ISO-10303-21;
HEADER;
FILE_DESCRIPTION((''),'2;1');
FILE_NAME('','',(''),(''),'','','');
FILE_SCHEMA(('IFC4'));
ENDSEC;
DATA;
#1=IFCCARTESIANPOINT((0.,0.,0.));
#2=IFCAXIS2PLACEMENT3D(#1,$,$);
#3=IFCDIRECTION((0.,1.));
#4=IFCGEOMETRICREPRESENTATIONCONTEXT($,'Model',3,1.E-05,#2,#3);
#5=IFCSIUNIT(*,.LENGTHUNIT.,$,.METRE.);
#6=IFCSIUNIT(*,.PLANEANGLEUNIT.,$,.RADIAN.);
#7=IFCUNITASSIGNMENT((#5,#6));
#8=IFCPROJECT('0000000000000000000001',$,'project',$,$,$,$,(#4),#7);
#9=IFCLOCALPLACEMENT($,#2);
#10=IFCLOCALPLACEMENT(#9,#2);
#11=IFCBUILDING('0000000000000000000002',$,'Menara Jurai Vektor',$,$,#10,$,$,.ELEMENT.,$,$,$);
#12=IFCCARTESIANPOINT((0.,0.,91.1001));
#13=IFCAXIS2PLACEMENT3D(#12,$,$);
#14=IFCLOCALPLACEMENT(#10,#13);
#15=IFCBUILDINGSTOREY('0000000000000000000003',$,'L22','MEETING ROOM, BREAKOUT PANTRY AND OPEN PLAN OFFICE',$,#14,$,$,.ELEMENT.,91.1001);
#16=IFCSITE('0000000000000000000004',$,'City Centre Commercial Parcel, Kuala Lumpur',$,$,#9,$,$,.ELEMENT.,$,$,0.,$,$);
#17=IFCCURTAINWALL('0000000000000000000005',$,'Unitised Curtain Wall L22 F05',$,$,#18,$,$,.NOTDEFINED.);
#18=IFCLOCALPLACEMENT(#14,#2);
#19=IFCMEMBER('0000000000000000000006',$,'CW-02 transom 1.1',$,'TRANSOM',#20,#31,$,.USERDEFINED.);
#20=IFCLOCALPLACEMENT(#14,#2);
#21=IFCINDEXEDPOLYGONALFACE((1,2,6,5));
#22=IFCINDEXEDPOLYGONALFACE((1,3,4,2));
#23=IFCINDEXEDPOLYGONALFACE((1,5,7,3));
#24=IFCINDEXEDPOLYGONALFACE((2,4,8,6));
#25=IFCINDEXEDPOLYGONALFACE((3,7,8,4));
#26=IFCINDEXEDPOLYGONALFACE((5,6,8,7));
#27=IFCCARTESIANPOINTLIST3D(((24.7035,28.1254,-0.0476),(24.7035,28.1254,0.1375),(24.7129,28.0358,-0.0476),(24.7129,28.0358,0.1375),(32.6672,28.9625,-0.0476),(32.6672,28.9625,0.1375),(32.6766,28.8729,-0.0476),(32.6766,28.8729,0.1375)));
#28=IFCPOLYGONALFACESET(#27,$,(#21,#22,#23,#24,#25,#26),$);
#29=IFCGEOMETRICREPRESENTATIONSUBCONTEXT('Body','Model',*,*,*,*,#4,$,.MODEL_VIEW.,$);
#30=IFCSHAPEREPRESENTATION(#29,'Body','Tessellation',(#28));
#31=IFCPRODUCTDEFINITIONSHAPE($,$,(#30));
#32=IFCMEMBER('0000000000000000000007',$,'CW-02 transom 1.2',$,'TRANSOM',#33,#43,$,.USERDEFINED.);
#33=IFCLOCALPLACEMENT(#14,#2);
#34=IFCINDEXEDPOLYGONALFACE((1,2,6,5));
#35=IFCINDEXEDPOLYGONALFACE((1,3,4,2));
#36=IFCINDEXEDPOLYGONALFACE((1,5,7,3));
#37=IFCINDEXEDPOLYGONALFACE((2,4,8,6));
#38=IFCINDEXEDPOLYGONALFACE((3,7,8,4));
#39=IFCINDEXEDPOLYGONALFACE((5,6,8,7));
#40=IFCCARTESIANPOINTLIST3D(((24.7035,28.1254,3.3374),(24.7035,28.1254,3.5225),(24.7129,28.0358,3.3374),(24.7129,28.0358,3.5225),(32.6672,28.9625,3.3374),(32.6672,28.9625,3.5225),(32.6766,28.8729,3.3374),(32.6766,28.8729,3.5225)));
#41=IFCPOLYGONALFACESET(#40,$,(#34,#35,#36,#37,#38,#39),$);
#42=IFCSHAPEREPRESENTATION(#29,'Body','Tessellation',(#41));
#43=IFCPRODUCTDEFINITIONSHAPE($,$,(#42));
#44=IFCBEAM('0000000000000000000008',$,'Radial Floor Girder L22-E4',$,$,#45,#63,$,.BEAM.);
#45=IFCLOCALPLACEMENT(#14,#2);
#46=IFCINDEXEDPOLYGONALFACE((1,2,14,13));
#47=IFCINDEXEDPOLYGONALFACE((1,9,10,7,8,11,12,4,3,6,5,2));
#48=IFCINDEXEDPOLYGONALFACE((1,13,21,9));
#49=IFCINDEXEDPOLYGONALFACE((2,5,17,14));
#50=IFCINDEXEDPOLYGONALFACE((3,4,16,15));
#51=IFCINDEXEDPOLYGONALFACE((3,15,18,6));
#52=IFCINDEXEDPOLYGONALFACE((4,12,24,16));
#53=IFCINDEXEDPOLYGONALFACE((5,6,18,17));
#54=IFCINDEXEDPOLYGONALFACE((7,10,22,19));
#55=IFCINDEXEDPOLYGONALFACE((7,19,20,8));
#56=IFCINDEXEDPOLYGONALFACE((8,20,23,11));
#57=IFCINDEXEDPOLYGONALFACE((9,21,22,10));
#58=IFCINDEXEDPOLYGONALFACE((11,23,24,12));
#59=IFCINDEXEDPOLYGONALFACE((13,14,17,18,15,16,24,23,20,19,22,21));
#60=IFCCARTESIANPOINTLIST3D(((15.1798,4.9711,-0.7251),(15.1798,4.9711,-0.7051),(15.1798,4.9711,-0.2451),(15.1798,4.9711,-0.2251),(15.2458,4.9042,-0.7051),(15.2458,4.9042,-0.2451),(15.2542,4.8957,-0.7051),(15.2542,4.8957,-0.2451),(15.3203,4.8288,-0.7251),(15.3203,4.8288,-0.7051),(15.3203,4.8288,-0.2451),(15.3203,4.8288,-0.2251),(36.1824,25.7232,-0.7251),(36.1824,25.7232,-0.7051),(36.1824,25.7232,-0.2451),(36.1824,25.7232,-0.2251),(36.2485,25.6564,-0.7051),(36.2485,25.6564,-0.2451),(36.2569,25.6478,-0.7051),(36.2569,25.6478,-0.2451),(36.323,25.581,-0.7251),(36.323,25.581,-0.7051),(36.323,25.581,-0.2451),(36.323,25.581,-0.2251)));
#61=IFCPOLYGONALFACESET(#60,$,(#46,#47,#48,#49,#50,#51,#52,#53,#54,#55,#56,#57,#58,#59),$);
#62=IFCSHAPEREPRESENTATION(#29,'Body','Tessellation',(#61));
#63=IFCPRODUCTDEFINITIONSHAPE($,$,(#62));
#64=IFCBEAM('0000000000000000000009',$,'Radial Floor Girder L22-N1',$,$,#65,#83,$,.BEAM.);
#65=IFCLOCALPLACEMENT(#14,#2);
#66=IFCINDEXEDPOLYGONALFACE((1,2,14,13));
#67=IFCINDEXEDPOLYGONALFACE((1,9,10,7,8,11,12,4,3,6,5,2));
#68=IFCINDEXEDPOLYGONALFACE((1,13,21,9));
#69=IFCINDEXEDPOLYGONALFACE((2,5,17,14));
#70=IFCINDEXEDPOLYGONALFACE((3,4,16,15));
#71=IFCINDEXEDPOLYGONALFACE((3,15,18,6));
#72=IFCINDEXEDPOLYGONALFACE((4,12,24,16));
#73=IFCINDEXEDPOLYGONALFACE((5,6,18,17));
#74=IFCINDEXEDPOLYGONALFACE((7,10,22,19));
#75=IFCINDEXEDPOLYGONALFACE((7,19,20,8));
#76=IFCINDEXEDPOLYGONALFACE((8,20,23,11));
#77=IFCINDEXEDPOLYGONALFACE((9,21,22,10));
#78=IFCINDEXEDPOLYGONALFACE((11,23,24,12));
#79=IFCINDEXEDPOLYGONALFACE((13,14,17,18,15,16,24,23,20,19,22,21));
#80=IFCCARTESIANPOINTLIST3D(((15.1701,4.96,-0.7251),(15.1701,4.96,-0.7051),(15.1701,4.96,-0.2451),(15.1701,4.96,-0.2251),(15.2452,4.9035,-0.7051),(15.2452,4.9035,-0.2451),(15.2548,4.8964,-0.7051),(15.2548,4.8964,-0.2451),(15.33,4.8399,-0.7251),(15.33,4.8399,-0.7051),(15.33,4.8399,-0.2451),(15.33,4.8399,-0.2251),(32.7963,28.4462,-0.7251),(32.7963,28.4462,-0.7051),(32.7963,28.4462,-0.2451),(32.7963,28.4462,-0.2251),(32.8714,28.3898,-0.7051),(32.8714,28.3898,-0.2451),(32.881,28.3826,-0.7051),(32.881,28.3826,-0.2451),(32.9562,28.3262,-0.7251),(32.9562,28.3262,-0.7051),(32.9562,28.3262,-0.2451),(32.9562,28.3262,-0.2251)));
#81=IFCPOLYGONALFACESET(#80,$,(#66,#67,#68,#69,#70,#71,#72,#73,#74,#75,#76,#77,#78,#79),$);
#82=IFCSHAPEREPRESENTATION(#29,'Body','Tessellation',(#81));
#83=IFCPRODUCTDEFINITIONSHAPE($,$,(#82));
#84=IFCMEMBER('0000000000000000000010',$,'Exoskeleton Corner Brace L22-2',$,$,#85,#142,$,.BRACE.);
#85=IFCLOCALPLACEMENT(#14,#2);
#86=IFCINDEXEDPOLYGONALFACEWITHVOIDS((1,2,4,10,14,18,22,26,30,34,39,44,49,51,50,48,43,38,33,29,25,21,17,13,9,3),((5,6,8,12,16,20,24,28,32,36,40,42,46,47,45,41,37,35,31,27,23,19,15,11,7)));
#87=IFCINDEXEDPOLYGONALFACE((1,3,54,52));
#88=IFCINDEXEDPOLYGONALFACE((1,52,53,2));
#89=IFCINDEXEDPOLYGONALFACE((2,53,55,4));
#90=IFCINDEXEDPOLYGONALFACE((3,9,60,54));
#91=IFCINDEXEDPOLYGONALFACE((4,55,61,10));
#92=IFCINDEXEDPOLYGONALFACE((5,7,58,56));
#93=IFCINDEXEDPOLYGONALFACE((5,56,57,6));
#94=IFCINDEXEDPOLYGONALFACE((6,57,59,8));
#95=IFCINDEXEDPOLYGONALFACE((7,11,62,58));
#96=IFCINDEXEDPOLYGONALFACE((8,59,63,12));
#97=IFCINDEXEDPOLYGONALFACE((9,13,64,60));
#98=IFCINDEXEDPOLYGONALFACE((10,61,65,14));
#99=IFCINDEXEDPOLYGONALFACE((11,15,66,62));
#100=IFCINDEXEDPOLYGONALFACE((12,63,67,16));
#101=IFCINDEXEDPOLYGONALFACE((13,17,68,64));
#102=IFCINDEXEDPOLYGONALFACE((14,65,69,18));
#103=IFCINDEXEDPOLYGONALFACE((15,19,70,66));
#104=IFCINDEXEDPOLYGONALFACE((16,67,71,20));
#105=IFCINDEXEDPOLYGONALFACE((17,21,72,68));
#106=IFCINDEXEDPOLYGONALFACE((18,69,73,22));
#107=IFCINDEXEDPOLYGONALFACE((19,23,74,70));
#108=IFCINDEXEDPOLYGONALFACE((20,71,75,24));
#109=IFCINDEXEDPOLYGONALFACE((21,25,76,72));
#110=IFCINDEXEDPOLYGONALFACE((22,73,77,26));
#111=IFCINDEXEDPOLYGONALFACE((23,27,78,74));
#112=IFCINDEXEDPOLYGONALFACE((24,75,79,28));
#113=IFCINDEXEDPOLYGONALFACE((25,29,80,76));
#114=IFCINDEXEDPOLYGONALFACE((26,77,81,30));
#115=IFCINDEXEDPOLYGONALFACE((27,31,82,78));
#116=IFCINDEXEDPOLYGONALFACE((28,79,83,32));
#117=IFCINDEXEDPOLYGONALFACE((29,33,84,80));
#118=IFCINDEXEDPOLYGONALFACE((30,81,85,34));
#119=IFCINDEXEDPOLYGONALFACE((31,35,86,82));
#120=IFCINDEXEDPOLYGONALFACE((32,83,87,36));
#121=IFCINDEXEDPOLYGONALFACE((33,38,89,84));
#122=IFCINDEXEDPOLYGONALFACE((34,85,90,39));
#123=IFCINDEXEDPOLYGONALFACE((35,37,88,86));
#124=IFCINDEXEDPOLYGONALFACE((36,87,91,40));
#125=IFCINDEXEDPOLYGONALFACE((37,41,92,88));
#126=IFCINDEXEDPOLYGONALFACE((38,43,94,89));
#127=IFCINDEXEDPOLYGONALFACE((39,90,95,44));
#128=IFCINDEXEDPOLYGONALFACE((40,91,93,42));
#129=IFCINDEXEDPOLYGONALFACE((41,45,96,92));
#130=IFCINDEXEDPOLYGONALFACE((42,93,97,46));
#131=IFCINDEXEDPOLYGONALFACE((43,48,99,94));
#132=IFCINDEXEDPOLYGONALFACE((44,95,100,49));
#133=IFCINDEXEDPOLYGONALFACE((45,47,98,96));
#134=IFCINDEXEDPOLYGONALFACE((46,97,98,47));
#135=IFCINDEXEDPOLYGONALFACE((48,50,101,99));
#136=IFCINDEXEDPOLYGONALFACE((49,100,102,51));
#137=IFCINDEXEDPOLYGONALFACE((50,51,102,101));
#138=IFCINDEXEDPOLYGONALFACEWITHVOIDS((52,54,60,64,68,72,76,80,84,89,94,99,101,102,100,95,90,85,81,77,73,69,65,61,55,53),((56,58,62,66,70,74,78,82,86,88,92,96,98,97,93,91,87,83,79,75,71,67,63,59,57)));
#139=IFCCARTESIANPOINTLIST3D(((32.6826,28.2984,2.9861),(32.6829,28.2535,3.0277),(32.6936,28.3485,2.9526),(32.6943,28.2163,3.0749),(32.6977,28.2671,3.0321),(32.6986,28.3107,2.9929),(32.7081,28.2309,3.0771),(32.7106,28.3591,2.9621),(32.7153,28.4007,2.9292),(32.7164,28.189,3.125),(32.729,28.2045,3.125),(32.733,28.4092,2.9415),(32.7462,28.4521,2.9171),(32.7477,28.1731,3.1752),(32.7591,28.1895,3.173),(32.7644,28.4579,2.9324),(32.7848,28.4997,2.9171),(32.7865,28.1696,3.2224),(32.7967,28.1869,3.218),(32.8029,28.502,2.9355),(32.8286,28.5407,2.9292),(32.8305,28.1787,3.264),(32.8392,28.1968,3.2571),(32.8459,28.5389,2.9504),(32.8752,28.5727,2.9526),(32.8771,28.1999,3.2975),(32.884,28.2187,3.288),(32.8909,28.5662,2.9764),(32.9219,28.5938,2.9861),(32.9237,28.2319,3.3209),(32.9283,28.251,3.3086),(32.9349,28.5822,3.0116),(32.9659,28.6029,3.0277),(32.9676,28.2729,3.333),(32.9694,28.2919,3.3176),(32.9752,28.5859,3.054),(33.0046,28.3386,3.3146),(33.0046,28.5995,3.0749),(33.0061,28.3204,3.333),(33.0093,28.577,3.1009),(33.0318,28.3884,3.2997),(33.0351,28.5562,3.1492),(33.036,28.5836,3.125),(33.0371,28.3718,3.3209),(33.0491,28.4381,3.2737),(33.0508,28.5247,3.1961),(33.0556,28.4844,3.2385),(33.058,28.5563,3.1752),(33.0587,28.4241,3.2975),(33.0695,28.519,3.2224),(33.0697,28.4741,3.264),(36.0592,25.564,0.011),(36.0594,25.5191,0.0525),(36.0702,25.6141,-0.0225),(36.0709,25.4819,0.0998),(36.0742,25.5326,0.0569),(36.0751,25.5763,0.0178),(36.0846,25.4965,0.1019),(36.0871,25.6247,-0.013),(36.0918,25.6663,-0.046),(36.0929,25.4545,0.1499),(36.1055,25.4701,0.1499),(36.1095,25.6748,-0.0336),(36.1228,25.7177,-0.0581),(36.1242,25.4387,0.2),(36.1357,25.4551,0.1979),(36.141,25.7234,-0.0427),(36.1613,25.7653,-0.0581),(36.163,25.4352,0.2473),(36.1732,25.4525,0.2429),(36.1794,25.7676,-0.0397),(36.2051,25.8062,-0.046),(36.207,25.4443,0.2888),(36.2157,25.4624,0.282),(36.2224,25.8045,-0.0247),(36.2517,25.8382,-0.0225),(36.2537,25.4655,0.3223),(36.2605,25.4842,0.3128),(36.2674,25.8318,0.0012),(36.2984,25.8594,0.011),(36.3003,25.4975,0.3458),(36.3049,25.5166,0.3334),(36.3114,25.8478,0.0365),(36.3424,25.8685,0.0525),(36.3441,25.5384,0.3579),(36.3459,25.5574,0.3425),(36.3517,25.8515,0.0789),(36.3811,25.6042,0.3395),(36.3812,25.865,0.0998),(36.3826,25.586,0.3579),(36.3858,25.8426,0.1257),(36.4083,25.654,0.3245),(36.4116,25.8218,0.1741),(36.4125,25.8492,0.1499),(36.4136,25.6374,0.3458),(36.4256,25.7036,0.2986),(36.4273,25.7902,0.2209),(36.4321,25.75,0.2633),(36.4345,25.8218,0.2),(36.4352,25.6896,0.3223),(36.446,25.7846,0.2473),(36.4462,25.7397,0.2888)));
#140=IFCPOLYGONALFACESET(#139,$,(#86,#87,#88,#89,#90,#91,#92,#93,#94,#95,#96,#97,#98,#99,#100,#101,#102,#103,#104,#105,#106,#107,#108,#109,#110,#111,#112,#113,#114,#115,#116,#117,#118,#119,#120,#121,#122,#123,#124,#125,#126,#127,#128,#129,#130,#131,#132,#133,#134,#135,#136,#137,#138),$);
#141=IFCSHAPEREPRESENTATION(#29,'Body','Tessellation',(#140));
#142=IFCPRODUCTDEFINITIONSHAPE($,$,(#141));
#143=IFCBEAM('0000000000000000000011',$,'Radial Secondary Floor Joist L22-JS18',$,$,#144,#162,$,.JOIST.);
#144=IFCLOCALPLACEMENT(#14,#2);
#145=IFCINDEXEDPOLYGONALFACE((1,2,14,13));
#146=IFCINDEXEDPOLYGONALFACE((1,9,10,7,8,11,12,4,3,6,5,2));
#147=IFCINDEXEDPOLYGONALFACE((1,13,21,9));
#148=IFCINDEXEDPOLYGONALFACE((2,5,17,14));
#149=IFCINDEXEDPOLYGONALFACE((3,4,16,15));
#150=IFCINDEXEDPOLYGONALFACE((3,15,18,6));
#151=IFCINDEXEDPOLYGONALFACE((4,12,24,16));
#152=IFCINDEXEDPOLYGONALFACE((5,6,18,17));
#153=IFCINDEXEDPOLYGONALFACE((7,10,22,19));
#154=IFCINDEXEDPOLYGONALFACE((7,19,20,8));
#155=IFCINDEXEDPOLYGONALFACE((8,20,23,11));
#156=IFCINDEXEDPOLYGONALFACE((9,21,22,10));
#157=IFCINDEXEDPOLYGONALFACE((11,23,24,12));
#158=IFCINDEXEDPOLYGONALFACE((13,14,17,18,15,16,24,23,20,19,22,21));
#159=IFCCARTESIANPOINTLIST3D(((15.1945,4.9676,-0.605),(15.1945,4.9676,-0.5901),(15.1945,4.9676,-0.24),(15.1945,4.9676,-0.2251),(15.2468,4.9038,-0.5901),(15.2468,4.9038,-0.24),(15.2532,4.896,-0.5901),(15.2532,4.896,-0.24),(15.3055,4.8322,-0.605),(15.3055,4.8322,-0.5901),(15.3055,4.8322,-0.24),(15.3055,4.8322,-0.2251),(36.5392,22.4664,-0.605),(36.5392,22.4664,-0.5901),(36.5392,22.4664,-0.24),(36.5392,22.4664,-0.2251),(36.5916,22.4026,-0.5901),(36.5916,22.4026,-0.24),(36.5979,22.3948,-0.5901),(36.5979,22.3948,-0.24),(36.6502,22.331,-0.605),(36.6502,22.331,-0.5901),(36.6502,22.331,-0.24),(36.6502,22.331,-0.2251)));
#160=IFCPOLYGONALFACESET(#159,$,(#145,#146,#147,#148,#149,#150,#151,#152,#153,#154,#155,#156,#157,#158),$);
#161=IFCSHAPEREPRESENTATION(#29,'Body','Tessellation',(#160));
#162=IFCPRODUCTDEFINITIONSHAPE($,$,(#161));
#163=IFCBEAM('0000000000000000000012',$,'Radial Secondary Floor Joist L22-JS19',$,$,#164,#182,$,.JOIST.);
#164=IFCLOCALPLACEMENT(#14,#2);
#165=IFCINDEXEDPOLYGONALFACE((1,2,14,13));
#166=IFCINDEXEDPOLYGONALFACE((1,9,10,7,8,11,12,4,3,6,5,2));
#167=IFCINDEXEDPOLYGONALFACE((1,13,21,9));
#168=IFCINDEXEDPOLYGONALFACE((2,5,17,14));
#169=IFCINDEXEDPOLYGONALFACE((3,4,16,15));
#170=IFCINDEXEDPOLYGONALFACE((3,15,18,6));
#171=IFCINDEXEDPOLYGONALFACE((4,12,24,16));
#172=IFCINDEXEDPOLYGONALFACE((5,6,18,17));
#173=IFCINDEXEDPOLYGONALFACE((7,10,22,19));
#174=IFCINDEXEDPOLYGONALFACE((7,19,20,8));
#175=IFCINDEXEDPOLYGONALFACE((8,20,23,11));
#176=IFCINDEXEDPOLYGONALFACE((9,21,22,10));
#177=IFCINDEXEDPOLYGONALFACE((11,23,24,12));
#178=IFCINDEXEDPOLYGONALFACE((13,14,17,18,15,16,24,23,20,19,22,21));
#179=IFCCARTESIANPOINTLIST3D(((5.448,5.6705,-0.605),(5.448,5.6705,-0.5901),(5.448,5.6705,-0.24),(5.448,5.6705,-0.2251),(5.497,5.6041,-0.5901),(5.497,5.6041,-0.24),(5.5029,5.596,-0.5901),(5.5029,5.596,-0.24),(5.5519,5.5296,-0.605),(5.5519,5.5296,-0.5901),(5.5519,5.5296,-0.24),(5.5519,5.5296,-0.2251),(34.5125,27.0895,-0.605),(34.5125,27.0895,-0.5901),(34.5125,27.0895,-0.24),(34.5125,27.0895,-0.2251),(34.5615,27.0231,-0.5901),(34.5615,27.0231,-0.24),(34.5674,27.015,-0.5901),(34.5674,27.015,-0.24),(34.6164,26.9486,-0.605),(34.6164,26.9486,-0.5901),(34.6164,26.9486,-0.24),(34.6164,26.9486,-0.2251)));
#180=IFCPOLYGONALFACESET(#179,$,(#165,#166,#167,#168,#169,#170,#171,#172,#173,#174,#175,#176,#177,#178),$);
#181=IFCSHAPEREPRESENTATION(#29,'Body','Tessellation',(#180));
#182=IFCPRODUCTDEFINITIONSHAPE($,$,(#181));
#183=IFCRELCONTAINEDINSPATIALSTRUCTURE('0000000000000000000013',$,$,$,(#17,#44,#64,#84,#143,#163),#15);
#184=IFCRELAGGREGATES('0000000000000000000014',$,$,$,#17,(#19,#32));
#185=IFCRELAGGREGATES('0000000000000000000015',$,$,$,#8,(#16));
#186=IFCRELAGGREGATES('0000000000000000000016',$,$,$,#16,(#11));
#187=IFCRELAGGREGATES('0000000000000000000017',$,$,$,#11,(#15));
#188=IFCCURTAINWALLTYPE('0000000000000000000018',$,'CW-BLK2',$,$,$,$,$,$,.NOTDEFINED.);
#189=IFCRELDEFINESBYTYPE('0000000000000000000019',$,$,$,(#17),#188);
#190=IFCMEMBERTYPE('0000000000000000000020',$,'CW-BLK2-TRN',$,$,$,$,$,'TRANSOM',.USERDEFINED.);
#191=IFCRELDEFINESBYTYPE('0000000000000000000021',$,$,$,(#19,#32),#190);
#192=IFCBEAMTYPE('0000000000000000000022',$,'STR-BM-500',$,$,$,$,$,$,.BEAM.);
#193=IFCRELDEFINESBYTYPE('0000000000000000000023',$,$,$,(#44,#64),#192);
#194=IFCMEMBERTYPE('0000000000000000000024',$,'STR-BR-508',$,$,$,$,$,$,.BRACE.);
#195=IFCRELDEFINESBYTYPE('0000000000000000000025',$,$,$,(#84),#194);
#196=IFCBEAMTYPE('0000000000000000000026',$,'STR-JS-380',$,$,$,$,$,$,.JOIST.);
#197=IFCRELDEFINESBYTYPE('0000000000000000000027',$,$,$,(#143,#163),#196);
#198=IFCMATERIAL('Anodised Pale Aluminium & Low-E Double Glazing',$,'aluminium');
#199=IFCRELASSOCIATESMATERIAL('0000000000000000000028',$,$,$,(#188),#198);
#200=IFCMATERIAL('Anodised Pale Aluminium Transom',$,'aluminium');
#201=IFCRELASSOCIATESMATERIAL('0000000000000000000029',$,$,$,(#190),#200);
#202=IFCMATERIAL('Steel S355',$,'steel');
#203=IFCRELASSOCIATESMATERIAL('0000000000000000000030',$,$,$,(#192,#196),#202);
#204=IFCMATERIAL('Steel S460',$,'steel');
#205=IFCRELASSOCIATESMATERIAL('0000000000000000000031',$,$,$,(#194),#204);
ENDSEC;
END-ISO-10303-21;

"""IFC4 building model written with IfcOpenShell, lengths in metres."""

from ifc_helpers import new_model, si_unit, direction, frame, origin, origin_2d, place, context, subcontext, project, spatial, rectangle, hollow_circle, i_section, extrude, material, material_profile, profile_set, type_object, element, aggregate, save


model = new_model("IFC4")

# Units and contexts
model_context = context("Model", 3, precision=1e-05, world=origin(), true_north=direction((0.0, 1.0)))
body_context = subcontext(model_context, "Body", "Model", "MODEL_VIEW")
ifc_project = project(units=[si_unit("LENGTHUNIT", "METRE"), si_unit("PLANEANGLEUNIT", "RADIAN")], contexts=[model_context])

# Site, building, storey
site_placement = place(None, origin())
site = spatial("IfcSite", under=ifc_project, at=site_placement, Name="City Centre Commercial Parcel, Kuala Lumpur", CompositionType="ELEMENT", RefElevation=0.0)
building_placement = place(site_placement, origin())
building = spatial("IfcBuilding", under=site, at=building_placement, Name="Menara Jurai Vektor", CompositionType="ELEMENT")
storey_placement = place(building_placement, frame((0.0, 0.0, 91.1001)))
storey = spatial("IfcBuildingStorey", under=building, at=storey_placement, Name="L22", Description="MEETING ROOM, BREAKOUT PANTRY AND OPEN PLAN OFFICE", CompositionType="ELEMENT", Elevation=91.1001)

# Shared definitions
ifc_material_1 = material(Name="Steel S460", Category="steel")

# Shared definitions
ifc_material_2 = material(Name="Anodised Pale Aluminium & Low-E Double Glazing", Category="aluminium")
curtain_wall_type = type_object("IfcCurtainWallType", Name="CW-BLK2", PredefinedType="NOTDEFINED", material=ifc_material_2)

# Curtain wall
curtain_wall_1_placement = place(storey_placement, origin())
curtain_wall_1 = element("IfcCurtainWall", 1, at=curtain_wall_1_placement, inside=storey, type_object=curtain_wall_type, Name="Unitised Curtain Wall L22 F05", PredefinedType="NOTDEFINED")

# Members
ifc_material_3 = material(Name="Anodised Pale Aluminium Transom", Category="aluminium")
ifc_material_profile_1 = material_profile(ifc_material_3, rectangle(XDim=0.0901, YDim=0.1851, at=origin_2d()), Name="ALU TRN 90x185")
ifc_profile_set_1 = profile_set([ifc_material_profile_1], Name="Anodised Pale Aluminium Transom")
member_type_1 = type_object("IfcMemberType", Name="CW-BLK2-TRN", ElementType="TRANSOM", PredefinedType="USERDEFINED", material=ifc_profile_set_1)
member_1_placement = place(storey_placement, frame((32.6719, 28.9177, 0.0449), z_axis=(-0.99452, -0.104547, 0.0), x_axis=(0.104547, -0.99452, 0.0)))
member_1 = element("IfcMember", 2, at=member_1_placement, type_object=member_type_1, Name="CW-02 transom 1.1", ObjectType="TRANSOM", PredefinedType="USERDEFINED", context=body_context, shape_type="SweptSolid", body=[
    extrude(rectangle(XDim=0.0901, YDim=0.1851, at=origin_2d()), origin(), (0.0, 0.0, 1.0), 8.0076),
])
member_2_placement = place(storey_placement, frame((32.6719, 28.9177, 3.4299), z_axis=(-0.99452, -0.104547, 0.0), x_axis=(0.104547, -0.99452, 0.0)))
member_2 = element("IfcMember", 3, at=member_2_placement, type_object=member_type_1, Name="CW-02 transom 1.2", ObjectType="TRANSOM", PredefinedType="USERDEFINED", context=body_context, shape_type="SweptSolid", body=[
    extrude(rectangle(XDim=0.0901, YDim=0.1851, at=origin_2d()), origin(), (0.0, 0.0, 1.0), 8.0076),
])

# Beams
ifc_material_4 = material(Name="Steel S355", Category="steel")
ifc_material_profile_2 = material_profile(ifc_material_4, i_section(OverallWidth=0.2, OverallDepth=0.5, WebThickness=0.012, FlangeThickness=0.02, at=origin_2d()), Name="PG 500x200x96")
ifc_profile_set_2 = profile_set([ifc_material_profile_2], Name="Steel S355")
beam_type_1 = type_object("IfcBeamType", Name="STR-BM-500", PredefinedType="BEAM", material=ifc_profile_set_2)
beam_1_placement = place(storey_placement, frame((36.2527, 25.6521, -0.4751), z_axis=(-0.711336, -0.702852, 0.0), x_axis=(0.702852, -0.711336, 0.0)))
element("IfcBeam", 4, at=beam_1_placement, inside=storey, type_object=beam_type_1, Name="Radial Floor Girder L22-E4", PredefinedType="BEAM", context=body_context, shape_type="SweptSolid", body=[
    extrude(i_section(OverallWidth=0.2, OverallDepth=0.5, WebThickness=0.012, FlangeThickness=0.02, at=origin_2d()), origin(), (0.0, 0.0, 1.0), 29.5256),
])
beam_2_placement = place(storey_placement, frame((32.8762, 28.3862, -0.4751), z_axis=(-0.60025, -0.799812, 0.0), x_axis=(0.799812, -0.60025, 0.0)))
element("IfcBeam", 5, at=beam_2_placement, inside=storey, type_object=beam_type_1, Name="Radial Floor Girder L22-N1", PredefinedType="BEAM", context=body_context, shape_type="SweptSolid", body=[
    extrude(i_section(OverallWidth=0.2, OverallDepth=0.5, WebThickness=0.012, FlangeThickness=0.02, at=origin_2d()), origin(), (0.0, 0.0, 1.0), 29.3647),
])

# Member
ifc_material_profile_3 = material_profile(ifc_material_1, hollow_circle(Radius=0.2539, WallThickness=0.02, at=origin_2d()), Name="CHS 508x20")
ifc_profile_set_3 = profile_set([ifc_material_profile_3], Name="Steel S460")
member_type_2 = type_object("IfcMemberType", Name="STR-BR-508", PredefinedType="BRACE", material=ifc_profile_set_3)
member_3_placement = place(storey_placement, frame((36.2527, 25.6519, 0.1499), z_axis=(-0.641208, 0.519272, 0.564986), x_axis=(-0.629344, -0.777127, 0.0)))
element("IfcMember", 6, at=member_3_placement, inside=storey, type_object=member_type_2, Name="Exoskeleton Corner Brace L22-2", PredefinedType="BRACE", context=body_context, shape_type="SweptSolid", body=[
    extrude(hollow_circle(Radius=0.2539, WallThickness=0.02, at=origin_2d()), origin(), (0.0, 0.0, 1.0), 5.2659),
])

# Beams
ifc_material_profile_4 = material_profile(ifc_material_4, i_section(OverallWidth=0.175, OverallDepth=0.3799, WebThickness=0.01, FlangeThickness=0.0149, at=origin_2d()), Name="PG 380x175x58")
ifc_profile_set_4 = profile_set([ifc_material_profile_4], Name="Steel S355")
beam_type_2 = type_object("IfcBeamType", Name="STR-JS-380", PredefinedType="JOIST", material=ifc_profile_set_4)
beam_3_placement = place(storey_placement, frame((36.5947, 22.3987, -0.415), z_axis=(-0.773337, -0.633995, 0.0), x_axis=(0.633995, -0.773337, 0.0)))
element("IfcBeam", 7, at=beam_3_placement, inside=storey, type_object=beam_type_2, Name="Radial Secondary Floor Joist L22-JS18", PredefinedType="JOIST", context=body_context, shape_type="SweptSolid", body=[
    extrude(i_section(OverallWidth=0.175, OverallDepth=0.3799, WebThickness=0.01, FlangeThickness=0.0149, at=origin_2d()), origin(), (0.0, 0.0, 1.0), 27.6008),
])
beam_4_placement = place(storey_placement, frame((34.5645, 27.019, -0.415), z_axis=(-0.805016, -0.593253, 0.0), x_axis=(0.593253, -0.805016, 0.0)))
element("IfcBeam", 8, at=beam_4_placement, inside=storey, type_object=beam_type_2, Name="Radial Secondary Floor Joist L22-JS19", PredefinedType="JOIST", context=body_context, shape_type="SweptSolid", body=[
    extrude(i_section(OverallWidth=0.175, OverallDepth=0.3799, WebThickness=0.01, FlangeThickness=0.0149, at=origin_2d()), origin(), (0.0, 0.0, 1.0), 36.1042),
])

aggregate(curtain_wall_1, [member_1, member_2])

save(model, "model.ifc")
